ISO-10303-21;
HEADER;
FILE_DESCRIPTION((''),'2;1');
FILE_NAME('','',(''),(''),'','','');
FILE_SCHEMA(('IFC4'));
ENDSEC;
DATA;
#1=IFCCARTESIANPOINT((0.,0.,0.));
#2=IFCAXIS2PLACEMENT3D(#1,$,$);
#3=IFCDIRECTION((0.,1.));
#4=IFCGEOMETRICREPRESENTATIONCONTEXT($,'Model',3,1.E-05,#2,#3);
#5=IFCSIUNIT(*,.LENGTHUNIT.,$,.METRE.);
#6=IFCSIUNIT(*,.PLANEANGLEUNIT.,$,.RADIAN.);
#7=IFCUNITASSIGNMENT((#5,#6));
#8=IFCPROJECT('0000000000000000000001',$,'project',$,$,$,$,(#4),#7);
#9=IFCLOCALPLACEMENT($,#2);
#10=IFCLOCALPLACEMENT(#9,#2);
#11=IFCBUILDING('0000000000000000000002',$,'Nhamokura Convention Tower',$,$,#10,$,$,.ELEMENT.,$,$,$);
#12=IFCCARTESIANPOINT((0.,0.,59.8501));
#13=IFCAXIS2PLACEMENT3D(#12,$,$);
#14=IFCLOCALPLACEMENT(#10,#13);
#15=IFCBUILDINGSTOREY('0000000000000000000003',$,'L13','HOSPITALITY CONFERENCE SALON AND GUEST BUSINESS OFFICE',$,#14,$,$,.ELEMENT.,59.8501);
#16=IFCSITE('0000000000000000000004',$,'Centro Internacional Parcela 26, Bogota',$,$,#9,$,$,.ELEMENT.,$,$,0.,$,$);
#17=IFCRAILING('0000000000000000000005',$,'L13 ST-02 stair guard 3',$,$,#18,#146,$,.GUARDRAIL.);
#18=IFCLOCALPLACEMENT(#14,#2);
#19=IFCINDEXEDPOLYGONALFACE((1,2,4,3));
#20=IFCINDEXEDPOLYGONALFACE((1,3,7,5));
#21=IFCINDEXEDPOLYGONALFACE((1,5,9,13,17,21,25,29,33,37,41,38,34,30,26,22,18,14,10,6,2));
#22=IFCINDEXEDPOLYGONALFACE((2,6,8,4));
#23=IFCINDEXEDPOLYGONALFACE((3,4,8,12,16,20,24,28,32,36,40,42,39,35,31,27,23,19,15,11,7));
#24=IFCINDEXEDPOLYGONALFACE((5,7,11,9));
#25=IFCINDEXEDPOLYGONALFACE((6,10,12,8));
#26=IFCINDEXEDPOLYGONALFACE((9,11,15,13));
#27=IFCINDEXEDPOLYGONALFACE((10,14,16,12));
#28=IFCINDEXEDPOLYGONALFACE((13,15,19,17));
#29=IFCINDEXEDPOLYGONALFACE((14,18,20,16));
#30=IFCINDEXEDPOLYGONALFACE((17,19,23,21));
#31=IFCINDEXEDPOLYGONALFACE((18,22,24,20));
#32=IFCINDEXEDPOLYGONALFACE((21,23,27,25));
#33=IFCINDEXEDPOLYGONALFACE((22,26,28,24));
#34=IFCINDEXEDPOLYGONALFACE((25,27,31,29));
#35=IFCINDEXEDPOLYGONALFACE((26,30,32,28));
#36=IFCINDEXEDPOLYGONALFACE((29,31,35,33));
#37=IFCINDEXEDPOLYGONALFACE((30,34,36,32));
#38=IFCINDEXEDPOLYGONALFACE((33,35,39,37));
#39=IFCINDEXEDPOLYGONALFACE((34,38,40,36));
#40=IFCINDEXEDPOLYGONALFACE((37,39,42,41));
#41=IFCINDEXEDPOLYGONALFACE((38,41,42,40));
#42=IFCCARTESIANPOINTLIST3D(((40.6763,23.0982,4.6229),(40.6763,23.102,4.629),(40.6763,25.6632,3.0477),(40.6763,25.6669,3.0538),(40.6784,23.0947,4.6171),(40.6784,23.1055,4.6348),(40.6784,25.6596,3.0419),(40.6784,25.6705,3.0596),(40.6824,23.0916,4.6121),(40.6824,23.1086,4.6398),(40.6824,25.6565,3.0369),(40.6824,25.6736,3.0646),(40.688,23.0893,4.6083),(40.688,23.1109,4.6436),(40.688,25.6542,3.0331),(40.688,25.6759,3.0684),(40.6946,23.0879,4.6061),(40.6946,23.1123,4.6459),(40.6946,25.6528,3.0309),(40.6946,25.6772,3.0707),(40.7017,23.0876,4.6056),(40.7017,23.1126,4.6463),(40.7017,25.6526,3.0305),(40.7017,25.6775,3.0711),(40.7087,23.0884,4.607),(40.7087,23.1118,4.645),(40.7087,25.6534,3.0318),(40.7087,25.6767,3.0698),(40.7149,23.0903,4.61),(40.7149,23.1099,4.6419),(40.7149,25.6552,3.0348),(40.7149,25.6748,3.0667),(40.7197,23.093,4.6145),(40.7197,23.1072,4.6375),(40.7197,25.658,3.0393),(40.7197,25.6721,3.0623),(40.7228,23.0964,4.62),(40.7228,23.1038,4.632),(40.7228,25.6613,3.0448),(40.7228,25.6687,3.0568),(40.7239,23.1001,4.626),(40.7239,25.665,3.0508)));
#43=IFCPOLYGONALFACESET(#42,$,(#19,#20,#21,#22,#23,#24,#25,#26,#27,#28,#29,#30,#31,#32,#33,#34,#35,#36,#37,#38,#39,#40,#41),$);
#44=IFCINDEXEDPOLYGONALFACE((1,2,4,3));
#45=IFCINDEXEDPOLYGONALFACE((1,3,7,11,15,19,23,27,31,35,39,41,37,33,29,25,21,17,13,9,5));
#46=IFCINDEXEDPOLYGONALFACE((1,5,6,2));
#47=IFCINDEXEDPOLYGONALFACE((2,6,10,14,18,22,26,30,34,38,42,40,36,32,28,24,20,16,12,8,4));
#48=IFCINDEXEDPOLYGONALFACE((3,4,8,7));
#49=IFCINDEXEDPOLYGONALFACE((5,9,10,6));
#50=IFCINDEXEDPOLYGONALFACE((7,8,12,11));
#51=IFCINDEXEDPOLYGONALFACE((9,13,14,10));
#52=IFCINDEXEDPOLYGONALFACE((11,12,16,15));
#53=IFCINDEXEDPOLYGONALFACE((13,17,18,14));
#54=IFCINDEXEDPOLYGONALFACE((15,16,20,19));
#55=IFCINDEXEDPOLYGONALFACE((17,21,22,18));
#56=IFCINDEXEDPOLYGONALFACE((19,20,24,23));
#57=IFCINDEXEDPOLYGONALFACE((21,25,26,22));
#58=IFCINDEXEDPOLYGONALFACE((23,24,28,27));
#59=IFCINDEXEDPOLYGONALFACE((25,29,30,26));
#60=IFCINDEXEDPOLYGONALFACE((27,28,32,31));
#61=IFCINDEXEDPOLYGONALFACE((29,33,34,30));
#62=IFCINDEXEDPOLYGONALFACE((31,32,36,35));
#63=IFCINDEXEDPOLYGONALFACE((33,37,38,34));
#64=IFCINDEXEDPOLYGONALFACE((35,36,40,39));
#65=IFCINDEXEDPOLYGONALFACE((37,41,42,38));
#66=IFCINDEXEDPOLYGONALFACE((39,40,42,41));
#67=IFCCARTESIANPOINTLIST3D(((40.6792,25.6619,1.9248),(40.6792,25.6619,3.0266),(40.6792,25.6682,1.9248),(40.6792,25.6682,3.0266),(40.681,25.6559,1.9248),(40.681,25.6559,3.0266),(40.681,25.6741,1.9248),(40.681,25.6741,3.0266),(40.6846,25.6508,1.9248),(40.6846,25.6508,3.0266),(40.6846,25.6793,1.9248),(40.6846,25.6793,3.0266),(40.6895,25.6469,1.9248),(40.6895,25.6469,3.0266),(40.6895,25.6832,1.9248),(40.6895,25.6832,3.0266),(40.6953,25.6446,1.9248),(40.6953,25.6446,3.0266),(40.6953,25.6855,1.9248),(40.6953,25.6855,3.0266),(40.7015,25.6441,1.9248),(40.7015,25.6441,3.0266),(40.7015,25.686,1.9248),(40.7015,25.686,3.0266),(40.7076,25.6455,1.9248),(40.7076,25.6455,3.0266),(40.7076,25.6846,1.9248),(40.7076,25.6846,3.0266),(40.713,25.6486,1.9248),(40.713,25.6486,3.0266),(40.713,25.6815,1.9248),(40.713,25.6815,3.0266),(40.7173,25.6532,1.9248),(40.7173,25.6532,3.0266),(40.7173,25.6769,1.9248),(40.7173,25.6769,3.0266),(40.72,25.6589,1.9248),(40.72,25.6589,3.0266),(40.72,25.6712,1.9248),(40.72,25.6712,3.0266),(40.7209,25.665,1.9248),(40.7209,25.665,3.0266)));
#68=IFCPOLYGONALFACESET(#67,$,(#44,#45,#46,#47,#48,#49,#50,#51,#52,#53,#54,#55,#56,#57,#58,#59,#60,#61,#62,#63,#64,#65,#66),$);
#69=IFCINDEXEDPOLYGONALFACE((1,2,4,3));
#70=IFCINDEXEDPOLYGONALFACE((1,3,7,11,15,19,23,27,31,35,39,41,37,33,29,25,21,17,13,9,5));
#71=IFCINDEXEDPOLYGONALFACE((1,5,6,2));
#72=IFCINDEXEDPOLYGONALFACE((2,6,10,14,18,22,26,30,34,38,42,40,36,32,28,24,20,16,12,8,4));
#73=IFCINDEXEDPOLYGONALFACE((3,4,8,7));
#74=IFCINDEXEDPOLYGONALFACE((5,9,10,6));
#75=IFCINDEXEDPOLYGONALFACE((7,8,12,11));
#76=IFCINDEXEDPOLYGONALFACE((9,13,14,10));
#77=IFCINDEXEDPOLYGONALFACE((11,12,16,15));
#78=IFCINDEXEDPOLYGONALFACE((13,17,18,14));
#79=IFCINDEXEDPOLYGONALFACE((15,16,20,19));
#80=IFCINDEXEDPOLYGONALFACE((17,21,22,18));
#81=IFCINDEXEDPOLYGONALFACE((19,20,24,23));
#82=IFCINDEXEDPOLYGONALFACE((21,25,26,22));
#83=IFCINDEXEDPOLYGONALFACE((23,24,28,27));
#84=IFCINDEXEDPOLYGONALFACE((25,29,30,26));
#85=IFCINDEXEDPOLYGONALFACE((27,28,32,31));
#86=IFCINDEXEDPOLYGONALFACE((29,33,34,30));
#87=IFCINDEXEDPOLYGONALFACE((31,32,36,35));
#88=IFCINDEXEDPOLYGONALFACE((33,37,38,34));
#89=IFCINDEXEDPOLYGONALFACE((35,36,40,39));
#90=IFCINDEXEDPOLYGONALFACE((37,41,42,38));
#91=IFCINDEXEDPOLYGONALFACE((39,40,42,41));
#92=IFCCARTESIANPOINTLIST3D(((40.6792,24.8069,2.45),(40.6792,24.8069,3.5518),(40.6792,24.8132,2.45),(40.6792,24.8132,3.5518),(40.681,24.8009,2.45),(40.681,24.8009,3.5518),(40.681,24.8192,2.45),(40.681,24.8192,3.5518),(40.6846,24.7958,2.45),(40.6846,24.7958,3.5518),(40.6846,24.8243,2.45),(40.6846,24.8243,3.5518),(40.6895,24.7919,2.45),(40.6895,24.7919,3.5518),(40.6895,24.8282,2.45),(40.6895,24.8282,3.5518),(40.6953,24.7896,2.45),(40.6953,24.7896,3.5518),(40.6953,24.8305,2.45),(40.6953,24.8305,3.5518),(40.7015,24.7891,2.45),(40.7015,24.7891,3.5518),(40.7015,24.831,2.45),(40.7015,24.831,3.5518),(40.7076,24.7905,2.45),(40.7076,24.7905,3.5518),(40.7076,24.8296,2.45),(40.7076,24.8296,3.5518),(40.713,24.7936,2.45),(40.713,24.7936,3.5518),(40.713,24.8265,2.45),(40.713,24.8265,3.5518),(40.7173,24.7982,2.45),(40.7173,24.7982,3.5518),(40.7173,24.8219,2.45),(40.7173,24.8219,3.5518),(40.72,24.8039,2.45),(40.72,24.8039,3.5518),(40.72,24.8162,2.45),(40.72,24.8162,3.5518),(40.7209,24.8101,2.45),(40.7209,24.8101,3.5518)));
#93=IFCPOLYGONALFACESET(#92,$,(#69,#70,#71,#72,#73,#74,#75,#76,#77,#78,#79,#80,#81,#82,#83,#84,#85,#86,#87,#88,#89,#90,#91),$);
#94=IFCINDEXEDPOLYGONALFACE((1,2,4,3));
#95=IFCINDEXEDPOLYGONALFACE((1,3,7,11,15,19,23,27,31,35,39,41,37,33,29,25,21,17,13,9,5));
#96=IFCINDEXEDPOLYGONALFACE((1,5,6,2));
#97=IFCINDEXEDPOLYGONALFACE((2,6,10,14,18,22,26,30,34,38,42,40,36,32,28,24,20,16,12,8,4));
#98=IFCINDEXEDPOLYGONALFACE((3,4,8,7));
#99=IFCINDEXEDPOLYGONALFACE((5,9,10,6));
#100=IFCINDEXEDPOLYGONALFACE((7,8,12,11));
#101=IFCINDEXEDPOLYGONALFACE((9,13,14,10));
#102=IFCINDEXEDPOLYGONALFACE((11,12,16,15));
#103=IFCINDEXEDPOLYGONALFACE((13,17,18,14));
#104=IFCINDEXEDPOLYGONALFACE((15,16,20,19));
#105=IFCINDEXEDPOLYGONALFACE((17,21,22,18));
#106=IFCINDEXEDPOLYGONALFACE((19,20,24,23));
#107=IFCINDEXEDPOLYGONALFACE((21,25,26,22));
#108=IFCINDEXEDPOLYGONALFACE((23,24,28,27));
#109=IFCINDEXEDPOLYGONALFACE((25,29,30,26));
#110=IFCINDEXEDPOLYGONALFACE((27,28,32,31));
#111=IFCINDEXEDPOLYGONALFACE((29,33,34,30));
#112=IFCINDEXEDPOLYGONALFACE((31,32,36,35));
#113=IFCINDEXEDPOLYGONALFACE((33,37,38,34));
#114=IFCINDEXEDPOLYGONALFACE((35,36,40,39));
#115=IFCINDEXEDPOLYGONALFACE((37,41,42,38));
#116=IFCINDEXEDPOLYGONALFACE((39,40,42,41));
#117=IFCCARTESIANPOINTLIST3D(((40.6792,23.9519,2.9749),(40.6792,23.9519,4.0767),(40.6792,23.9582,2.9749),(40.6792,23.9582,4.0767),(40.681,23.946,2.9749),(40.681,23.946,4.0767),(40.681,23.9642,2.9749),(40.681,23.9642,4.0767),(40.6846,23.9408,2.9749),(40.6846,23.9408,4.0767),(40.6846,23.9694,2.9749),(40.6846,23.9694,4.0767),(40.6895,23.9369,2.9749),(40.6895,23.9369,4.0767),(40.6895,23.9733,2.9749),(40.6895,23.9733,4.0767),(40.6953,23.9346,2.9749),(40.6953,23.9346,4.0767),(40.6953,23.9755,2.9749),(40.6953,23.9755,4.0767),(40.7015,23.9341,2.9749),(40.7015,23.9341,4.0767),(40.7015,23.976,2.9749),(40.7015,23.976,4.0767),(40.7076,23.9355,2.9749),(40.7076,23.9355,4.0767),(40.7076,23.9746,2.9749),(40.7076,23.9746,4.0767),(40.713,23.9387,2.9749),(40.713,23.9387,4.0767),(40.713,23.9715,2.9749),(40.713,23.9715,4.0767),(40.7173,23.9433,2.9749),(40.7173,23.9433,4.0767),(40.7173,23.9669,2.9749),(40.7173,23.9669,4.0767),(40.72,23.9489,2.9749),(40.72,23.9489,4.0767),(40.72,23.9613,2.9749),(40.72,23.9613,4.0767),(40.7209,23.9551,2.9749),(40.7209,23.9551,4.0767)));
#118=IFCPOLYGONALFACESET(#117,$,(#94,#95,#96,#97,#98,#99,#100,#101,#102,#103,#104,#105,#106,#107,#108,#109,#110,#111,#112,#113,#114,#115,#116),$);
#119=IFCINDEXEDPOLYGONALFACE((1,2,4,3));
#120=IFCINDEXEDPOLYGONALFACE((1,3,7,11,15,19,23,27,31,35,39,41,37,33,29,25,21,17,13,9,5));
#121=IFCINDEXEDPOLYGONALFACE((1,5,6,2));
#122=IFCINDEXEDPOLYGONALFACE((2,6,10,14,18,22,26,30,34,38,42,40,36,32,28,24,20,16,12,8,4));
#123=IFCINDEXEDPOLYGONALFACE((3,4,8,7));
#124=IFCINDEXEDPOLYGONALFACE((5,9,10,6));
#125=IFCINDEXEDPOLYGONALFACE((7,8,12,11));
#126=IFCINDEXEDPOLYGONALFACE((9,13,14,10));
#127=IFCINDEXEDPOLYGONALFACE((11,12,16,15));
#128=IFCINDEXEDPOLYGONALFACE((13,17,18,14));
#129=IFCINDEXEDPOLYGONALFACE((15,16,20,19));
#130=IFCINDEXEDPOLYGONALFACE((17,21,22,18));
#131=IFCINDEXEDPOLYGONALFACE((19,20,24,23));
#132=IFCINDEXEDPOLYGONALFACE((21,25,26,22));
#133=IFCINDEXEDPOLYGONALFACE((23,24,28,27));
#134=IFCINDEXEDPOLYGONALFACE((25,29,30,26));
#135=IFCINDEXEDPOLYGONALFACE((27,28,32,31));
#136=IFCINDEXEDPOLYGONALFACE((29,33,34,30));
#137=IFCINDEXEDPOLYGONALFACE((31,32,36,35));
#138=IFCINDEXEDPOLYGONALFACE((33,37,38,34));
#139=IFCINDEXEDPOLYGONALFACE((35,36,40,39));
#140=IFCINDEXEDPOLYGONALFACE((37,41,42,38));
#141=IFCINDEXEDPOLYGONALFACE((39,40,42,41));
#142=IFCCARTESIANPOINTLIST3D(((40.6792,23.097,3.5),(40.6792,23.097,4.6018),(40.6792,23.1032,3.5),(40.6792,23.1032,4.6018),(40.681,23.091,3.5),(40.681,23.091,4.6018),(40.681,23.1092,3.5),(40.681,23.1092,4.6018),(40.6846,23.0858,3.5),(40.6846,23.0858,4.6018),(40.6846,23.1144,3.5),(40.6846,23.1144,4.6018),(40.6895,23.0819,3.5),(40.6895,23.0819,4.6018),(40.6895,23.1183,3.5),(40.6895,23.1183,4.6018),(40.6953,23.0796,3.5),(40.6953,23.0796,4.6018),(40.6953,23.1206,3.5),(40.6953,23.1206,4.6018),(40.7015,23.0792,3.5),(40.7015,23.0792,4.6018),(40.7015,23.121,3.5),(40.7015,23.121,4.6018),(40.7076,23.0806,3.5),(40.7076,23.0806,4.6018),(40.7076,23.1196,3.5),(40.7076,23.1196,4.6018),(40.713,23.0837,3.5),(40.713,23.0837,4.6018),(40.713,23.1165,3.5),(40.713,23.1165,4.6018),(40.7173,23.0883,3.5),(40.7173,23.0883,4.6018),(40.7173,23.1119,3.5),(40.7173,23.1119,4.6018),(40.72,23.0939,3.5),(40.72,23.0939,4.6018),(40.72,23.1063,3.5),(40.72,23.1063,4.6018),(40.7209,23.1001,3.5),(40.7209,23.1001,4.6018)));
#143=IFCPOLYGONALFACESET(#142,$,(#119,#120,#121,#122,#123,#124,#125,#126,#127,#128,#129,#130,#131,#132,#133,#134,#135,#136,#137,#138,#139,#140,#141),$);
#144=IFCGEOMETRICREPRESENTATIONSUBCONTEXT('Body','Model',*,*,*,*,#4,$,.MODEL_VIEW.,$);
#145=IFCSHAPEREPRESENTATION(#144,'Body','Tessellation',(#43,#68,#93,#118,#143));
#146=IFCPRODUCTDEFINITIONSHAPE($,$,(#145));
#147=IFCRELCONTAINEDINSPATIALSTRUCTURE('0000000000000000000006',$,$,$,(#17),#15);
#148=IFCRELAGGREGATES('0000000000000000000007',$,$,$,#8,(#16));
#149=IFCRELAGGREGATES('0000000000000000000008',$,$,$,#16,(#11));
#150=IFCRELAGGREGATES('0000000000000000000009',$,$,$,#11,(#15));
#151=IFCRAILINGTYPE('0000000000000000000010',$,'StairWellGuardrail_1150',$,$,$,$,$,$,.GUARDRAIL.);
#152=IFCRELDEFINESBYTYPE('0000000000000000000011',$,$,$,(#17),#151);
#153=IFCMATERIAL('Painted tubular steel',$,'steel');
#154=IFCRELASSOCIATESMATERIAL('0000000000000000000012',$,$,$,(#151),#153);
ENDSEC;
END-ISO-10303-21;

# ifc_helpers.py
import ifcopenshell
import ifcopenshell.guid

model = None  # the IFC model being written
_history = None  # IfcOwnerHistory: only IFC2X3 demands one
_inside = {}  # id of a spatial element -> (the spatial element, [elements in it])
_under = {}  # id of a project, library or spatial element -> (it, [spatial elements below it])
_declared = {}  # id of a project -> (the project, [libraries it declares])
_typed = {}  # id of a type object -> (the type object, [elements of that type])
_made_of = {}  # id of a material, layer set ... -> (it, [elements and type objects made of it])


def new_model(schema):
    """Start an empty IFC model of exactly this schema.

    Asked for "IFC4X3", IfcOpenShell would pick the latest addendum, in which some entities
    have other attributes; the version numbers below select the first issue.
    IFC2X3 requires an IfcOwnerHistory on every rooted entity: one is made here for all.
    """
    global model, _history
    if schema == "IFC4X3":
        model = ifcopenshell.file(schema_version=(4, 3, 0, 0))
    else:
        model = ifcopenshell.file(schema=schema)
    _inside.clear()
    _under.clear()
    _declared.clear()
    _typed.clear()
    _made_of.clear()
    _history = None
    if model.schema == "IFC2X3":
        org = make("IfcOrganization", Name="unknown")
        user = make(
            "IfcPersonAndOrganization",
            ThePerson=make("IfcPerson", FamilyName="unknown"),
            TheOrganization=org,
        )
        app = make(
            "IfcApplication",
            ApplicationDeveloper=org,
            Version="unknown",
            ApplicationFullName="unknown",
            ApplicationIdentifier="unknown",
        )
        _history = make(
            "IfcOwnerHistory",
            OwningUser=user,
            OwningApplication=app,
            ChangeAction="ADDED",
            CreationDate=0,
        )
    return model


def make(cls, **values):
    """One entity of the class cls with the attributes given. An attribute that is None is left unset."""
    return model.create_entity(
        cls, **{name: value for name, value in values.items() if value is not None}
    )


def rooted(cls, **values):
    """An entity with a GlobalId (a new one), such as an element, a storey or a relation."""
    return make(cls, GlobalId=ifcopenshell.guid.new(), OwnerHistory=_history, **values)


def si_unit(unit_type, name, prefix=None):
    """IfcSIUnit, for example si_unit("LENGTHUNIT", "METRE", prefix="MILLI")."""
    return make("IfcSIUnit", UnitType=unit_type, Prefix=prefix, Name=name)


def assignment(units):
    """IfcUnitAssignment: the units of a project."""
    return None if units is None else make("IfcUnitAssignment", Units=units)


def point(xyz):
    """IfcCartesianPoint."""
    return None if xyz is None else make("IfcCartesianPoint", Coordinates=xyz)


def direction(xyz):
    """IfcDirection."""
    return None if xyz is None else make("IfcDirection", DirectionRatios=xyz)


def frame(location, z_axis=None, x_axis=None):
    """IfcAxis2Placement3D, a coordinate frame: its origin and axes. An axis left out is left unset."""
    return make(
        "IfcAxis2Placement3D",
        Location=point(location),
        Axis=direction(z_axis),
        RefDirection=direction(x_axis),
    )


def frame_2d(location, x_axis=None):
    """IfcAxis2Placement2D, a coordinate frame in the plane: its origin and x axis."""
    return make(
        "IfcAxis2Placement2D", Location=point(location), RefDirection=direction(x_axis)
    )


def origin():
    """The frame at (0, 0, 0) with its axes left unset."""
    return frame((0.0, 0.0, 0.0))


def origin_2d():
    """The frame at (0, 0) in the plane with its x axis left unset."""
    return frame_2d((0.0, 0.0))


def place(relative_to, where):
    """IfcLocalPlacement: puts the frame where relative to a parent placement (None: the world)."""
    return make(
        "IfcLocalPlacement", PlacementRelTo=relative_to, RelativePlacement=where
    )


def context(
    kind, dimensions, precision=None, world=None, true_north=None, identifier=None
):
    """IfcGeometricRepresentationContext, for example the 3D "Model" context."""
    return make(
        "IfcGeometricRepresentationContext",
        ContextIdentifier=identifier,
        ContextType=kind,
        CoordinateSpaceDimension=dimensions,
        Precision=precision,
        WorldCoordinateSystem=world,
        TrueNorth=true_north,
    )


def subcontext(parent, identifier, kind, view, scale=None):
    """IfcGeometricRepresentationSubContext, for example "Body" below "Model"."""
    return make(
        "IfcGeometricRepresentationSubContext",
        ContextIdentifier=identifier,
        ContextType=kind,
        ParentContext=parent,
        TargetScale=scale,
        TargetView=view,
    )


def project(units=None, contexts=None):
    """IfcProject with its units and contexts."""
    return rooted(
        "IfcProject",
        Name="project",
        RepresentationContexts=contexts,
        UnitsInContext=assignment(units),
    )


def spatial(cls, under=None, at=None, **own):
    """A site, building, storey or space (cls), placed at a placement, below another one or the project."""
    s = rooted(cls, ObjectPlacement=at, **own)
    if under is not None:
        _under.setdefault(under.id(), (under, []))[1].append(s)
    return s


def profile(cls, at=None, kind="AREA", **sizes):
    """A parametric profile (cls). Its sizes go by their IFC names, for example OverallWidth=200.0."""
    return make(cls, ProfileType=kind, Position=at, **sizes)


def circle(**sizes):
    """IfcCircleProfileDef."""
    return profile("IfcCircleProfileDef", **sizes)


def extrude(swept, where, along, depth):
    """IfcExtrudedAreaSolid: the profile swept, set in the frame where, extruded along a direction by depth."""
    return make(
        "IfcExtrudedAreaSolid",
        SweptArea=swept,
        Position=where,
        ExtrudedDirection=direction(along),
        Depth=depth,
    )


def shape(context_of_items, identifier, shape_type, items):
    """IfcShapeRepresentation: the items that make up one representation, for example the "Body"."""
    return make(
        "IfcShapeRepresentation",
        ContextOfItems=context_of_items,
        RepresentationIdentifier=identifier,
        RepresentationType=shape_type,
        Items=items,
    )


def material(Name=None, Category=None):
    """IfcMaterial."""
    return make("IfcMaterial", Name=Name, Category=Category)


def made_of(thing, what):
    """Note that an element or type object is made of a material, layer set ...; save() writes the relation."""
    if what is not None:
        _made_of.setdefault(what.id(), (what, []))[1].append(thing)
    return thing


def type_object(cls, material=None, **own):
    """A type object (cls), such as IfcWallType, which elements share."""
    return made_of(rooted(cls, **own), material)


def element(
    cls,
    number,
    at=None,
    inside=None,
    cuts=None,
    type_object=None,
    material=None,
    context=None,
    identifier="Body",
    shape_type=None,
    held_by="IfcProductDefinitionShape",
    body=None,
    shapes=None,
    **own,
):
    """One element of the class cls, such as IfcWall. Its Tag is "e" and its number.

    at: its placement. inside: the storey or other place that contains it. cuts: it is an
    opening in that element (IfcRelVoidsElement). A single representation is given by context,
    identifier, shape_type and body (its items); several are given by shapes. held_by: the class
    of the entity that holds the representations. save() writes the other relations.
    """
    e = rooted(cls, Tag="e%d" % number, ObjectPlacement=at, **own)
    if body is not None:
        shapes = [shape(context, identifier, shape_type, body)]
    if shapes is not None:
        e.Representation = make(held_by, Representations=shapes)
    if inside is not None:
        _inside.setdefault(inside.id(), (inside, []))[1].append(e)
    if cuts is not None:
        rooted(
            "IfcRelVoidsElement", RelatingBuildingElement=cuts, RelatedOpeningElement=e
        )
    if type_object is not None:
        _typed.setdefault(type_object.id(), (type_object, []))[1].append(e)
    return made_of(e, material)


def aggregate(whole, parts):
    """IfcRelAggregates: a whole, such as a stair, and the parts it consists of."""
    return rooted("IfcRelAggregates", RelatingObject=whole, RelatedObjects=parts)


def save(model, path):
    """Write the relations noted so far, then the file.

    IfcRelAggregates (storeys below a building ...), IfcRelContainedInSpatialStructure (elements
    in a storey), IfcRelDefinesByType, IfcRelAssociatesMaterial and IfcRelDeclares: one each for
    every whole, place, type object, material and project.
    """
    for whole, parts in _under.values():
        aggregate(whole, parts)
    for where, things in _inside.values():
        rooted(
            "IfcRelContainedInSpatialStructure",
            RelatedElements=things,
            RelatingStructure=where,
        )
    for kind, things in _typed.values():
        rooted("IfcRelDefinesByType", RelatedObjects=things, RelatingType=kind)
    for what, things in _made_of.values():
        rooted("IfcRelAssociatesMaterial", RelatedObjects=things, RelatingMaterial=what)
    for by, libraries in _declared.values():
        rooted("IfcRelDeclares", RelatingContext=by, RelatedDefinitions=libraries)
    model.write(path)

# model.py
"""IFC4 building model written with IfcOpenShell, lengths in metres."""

from ifc_helpers import new_model, si_unit, direction, frame, origin, origin_2d, place, context, subcontext, project, spatial, circle, extrude, material, type_object, element, save


model = new_model("IFC4")

# Units and contexts
model_context = context("Model", 3, precision=1e-05, world=origin(), true_north=direction((0.0, 1.0)))
body_context = subcontext(model_context, "Body", "Model", "MODEL_VIEW")
ifc_project = project(units=[si_unit("LENGTHUNIT", "METRE"), si_unit("PLANEANGLEUNIT", "RADIAN")], contexts=[model_context])

# Site, building, storey
site_placement = place(None, origin())
site = spatial("IfcSite", under=ifc_project, at=site_placement, Name="Centro Internacional Parcela 26, Bogota", CompositionType="ELEMENT", RefElevation=0.0)
building_placement = place(site_placement, origin())
building = spatial("IfcBuilding", under=site, at=building_placement, Name="Nhamokura Convention Tower", CompositionType="ELEMENT")
storey_placement = place(building_placement, frame((0.0, 0.0, 59.8501)))
storey = spatial("IfcBuildingStorey", under=building, at=storey_placement, Name="L13", Description="HOSPITALITY CONFERENCE SALON AND GUEST BUSINESS OFFICE", CompositionType="ELEMENT", Elevation=59.8501)

# Railing
ifc_material_1 = material(Name="Painted tubular steel", Category="steel")
railing_type_1 = type_object("IfcRailingType", Name="StairWellGuardrail_1150", PredefinedType="GUARDRAIL", material=ifc_material_1)
railing_1_placement = place(storey_placement, frame((40.7, 25.665, 1.9248)))
element("IfcRailing", 1, at=railing_1_placement, inside=storey, type_object=railing_type_1, Name="L13 ST-02 stair guard 3", PredefinedType="GUARDRAIL", context=body_context, shape_type="SweptSolid", body=[
    extrude(circle(Radius=0.0239, at=origin_2d()), frame((0.0, 0.0, 1.126), z_axis=(0.0, -0.852137, 0.523319), x_axis=(1.0, 0.0, 0.0)), (0.0, 0.0, 1.0), 3.01),
    extrude(circle(Radius=0.021, at=origin_2d()), origin(), (0.0, 0.0, 1.0), 1.1018),
    extrude(circle(Radius=0.021, at=origin_2d()), frame((0.0, -0.855, 0.5251)), (0.0, 0.0, 1.0), 1.1018),
    extrude(circle(Radius=0.021, at=origin_2d()), frame((0.0, -1.71, 1.05)), (0.0, 0.0, 1.0), 1.1018),
    extrude(circle(Radius=0.021, at=origin_2d()), frame((0.0, -2.5649, 1.5752)), (0.0, 0.0, 1.0), 1.1018),
])

save(model, "model.ifc")
